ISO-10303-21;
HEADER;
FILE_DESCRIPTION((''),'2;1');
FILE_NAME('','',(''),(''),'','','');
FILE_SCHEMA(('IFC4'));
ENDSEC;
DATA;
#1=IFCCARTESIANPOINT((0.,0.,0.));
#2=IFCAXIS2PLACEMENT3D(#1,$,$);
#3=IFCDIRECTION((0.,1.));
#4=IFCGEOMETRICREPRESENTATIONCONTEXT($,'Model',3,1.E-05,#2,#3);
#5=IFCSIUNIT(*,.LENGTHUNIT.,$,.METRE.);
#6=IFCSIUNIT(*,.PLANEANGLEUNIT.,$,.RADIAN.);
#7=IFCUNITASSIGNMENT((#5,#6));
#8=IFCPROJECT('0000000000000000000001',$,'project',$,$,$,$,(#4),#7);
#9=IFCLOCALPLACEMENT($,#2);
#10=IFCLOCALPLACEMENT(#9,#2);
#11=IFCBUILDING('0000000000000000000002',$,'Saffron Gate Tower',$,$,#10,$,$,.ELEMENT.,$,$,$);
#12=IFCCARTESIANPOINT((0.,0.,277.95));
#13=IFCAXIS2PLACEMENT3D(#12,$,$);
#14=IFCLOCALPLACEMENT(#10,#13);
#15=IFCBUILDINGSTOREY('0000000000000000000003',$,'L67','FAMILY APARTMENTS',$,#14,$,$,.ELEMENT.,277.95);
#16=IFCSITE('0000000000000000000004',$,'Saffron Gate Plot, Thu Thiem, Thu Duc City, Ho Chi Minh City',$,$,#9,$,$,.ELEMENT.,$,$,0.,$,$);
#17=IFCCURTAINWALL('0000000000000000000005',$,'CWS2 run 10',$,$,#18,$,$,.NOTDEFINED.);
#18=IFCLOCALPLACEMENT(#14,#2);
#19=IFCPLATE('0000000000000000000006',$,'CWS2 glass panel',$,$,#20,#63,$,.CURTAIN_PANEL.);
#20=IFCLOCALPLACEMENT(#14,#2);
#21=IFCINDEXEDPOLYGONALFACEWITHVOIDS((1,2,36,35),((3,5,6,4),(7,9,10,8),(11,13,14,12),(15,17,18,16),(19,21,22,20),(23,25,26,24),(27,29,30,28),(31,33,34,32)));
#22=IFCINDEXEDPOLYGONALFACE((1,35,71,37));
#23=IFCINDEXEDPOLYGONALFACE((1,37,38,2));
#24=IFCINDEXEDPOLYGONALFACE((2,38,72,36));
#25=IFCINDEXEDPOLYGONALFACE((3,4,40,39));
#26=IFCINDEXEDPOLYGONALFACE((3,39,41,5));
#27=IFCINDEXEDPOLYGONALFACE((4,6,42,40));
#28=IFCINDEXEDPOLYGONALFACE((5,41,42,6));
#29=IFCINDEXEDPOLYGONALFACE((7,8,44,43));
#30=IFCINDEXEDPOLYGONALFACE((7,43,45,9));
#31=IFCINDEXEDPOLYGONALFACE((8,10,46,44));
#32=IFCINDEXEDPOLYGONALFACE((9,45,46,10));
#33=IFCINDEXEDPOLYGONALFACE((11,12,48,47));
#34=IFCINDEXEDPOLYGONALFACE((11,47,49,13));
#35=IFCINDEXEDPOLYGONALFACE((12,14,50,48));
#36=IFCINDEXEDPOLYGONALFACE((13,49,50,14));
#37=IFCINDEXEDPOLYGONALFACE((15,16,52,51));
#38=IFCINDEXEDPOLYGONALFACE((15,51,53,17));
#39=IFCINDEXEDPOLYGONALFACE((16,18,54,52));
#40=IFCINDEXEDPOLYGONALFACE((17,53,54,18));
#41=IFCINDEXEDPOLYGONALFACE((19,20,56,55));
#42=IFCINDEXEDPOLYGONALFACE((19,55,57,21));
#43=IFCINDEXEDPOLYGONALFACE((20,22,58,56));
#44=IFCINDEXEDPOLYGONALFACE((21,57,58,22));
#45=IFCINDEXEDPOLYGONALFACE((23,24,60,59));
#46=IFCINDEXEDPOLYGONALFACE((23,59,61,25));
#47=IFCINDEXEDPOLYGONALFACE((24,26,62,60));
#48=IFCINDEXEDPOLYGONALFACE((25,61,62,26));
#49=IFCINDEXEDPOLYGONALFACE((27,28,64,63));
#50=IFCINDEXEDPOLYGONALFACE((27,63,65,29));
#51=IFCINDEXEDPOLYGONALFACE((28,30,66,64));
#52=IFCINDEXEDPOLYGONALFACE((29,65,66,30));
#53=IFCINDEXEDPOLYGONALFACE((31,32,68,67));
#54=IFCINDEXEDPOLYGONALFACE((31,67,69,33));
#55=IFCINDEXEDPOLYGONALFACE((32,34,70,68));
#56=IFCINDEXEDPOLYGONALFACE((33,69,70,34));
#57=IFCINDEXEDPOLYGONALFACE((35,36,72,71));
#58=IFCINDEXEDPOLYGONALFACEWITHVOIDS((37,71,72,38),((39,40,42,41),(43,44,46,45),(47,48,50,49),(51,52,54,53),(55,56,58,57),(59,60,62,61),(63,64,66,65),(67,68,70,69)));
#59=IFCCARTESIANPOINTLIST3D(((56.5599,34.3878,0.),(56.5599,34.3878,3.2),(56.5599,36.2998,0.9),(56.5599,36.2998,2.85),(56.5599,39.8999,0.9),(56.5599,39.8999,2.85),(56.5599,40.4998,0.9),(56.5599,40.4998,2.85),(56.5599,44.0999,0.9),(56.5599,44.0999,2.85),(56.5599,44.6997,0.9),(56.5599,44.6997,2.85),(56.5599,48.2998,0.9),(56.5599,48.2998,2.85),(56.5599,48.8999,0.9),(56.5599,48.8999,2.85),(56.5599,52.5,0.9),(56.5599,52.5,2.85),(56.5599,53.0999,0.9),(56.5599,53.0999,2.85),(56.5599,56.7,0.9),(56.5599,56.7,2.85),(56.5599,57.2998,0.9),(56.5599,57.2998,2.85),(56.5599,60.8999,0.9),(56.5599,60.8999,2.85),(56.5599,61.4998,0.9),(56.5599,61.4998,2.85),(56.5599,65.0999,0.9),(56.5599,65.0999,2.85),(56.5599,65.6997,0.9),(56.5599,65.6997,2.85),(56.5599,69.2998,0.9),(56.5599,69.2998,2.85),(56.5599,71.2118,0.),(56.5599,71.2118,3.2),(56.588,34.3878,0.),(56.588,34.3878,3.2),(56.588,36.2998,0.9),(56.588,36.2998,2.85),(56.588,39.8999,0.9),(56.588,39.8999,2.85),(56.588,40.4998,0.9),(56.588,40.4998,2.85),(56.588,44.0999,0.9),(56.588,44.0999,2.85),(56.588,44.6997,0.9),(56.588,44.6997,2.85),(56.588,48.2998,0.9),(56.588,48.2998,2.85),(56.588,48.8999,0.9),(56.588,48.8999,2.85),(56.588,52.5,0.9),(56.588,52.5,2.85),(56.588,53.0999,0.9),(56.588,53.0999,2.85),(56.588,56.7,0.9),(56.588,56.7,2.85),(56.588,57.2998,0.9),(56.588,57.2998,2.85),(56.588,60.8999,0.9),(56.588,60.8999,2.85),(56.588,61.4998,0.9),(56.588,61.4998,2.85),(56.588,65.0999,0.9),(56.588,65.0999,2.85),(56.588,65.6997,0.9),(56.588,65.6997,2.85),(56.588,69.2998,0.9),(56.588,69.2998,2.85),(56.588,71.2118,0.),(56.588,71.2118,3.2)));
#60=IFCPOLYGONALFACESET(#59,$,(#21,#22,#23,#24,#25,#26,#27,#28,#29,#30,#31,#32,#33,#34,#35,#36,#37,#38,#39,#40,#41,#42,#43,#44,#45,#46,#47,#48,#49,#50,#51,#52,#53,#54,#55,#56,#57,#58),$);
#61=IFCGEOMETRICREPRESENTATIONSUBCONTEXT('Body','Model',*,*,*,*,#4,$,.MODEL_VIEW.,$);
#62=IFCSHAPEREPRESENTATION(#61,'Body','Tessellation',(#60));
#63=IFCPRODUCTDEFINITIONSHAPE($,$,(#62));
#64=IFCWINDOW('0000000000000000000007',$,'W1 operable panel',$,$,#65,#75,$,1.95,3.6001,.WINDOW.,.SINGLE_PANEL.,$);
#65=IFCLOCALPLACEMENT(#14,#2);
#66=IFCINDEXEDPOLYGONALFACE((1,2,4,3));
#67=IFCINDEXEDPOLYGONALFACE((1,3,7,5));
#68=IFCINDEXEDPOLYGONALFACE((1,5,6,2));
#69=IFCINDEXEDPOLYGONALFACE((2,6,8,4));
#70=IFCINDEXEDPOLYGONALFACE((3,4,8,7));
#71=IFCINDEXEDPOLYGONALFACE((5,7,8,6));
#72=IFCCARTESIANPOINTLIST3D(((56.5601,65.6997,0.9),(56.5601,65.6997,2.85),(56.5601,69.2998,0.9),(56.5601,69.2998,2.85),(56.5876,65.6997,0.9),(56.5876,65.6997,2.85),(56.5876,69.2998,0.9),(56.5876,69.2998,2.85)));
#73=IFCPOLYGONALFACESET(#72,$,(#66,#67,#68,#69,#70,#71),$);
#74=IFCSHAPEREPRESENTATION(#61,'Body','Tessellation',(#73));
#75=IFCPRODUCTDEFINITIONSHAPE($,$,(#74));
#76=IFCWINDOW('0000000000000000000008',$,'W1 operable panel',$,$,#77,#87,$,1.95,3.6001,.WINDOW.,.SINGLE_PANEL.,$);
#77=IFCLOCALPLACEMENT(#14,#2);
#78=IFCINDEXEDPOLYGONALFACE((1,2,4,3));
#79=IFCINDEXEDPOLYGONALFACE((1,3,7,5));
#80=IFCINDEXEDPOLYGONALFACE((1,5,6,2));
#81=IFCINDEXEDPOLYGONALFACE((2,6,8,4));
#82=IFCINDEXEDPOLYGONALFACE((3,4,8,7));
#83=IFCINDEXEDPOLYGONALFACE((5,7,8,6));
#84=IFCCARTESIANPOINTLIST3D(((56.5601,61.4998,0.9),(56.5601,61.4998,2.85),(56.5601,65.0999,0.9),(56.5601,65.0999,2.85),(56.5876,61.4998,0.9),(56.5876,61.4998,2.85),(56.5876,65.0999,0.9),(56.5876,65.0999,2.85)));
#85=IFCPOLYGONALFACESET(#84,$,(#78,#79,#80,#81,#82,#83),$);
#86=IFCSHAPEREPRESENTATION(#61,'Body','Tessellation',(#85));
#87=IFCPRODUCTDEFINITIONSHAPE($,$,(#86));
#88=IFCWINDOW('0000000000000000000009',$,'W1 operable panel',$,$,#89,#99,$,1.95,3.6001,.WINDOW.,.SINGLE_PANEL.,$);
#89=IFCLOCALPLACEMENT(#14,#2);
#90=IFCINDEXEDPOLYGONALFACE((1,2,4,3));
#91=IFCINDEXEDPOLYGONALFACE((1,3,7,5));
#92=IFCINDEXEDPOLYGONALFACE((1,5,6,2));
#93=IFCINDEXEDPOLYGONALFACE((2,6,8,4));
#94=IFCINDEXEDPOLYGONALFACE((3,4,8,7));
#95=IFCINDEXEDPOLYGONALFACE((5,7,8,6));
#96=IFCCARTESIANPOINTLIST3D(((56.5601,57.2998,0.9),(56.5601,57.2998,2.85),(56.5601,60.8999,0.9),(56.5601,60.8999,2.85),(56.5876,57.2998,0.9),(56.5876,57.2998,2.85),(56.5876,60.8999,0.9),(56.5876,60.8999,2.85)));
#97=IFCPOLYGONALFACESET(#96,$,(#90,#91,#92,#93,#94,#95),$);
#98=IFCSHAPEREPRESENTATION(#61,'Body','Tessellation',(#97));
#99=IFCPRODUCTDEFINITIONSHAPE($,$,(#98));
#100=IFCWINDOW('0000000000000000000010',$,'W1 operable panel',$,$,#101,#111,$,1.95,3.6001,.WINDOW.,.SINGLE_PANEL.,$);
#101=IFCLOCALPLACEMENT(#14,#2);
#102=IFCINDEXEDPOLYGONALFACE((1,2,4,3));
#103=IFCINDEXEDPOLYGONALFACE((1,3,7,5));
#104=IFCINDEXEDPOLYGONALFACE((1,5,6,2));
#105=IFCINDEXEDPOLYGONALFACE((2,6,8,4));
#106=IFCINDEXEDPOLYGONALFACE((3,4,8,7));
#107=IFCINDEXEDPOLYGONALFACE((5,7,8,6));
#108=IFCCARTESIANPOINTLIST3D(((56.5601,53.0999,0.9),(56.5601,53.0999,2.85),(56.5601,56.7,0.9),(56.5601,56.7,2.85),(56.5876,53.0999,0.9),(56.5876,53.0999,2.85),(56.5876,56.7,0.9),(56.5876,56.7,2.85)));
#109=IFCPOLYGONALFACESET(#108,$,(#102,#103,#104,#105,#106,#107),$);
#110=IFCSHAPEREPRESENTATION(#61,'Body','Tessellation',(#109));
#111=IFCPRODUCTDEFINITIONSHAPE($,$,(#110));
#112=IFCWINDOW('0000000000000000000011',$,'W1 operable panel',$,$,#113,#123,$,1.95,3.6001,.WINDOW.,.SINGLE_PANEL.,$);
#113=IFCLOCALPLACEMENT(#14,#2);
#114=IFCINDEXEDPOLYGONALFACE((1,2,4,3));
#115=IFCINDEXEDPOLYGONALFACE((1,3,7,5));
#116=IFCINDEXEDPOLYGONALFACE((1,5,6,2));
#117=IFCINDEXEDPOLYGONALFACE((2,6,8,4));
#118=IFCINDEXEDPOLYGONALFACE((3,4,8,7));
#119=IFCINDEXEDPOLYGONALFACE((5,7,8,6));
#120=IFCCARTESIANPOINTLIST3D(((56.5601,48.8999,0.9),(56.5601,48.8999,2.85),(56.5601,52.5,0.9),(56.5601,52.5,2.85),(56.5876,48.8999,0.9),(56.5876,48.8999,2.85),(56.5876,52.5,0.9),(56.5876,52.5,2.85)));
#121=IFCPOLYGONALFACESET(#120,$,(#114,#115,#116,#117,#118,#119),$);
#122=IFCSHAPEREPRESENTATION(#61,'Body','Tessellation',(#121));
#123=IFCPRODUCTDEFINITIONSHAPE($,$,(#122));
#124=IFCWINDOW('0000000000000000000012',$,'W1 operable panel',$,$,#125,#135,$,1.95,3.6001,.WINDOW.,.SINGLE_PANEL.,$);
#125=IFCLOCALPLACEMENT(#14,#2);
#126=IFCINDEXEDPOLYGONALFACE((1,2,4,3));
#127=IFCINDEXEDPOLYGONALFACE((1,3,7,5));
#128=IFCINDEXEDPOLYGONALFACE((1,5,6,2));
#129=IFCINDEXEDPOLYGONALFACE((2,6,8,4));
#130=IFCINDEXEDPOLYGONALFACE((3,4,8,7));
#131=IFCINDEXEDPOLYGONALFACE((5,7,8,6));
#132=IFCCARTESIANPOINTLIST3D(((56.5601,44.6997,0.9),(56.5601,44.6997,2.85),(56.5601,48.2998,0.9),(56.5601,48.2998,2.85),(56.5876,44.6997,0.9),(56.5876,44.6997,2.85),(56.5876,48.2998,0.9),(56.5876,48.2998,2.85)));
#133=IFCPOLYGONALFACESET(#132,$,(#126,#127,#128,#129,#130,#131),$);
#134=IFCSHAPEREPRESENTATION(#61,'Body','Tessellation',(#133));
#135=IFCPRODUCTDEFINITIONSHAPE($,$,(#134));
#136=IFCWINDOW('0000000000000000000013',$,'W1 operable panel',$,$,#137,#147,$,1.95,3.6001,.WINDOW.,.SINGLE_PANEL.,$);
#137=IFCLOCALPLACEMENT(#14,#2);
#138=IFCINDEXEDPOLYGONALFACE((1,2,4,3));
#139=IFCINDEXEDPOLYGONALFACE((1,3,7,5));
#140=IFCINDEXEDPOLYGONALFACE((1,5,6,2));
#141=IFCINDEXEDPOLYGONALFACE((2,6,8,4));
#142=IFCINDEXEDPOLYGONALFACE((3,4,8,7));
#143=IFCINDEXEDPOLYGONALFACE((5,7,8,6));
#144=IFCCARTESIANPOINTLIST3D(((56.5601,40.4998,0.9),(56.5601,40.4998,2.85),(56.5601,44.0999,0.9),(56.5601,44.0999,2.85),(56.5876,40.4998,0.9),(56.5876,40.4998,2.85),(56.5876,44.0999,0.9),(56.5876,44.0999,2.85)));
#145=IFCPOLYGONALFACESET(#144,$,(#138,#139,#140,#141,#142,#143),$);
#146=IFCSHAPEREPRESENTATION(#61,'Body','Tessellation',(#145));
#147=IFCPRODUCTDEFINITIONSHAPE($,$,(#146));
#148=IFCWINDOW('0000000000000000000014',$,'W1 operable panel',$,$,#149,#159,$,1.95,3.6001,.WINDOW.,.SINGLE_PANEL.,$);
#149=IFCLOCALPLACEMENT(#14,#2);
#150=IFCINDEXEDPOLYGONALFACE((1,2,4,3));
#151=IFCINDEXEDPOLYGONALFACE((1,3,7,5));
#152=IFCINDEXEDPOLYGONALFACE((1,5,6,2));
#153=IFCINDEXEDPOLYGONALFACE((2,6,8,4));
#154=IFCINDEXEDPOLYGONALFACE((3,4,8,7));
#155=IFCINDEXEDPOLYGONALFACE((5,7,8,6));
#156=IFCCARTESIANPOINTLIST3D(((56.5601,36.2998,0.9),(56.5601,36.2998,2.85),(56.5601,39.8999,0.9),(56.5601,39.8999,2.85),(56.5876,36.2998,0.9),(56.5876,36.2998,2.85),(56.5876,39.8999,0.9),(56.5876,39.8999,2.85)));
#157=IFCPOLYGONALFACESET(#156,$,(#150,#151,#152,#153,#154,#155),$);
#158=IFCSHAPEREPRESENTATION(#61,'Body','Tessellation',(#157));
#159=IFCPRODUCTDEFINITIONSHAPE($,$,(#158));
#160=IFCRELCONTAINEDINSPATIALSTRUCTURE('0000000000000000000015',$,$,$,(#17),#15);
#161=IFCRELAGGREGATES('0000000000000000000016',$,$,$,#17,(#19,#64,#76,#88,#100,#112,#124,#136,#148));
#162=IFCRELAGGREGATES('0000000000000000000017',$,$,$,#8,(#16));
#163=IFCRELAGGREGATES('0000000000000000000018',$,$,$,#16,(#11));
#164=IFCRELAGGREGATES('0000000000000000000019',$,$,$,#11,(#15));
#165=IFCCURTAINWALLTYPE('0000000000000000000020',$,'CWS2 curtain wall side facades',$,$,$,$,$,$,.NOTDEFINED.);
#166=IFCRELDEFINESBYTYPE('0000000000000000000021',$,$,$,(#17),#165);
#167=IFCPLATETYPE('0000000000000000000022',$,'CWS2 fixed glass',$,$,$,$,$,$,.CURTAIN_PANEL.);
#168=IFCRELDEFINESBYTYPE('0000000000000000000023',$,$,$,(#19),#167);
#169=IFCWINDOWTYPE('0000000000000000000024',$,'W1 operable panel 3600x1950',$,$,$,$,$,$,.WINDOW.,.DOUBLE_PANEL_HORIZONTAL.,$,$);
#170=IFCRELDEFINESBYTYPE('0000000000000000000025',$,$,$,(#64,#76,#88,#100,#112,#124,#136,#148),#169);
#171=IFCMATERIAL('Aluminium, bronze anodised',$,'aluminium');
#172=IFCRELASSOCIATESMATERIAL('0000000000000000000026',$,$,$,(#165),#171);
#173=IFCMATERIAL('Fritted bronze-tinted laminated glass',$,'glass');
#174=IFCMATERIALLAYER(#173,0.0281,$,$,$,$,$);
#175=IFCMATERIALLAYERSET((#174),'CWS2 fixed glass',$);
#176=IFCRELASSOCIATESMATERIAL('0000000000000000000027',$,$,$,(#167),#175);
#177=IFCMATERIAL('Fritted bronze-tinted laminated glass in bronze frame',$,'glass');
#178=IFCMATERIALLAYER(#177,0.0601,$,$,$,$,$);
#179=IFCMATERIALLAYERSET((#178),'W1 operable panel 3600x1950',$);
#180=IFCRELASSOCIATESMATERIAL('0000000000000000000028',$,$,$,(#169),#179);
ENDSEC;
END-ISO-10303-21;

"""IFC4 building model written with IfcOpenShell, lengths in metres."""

from ifc_helpers import new_model, si_unit, direction, frame, frame_2d, origin, place, context, subcontext, project, spatial, rectangle, extrude, material, layer, layer_set, type_object, element, fill, aggregate, save


model = new_model("IFC4")

# Units and contexts
model_context = context("Model", 3, precision=1e-05, world=origin(), true_north=direction((0.0, 1.0)))
body_context = subcontext(model_context, "Body", "Model", "MODEL_VIEW")
ifc_project = project(units=[si_unit("LENGTHUNIT", "METRE"), si_unit("PLANEANGLEUNIT", "RADIAN")], contexts=[model_context])

# Site, building, storey
site_placement = place(None, origin())
site = spatial("IfcSite", under=ifc_project, at=site_placement, Name="Saffron Gate Plot, Thu Thiem, Thu Duc City, Ho Chi Minh City", CompositionType="ELEMENT", RefElevation=0.0)
building_placement = place(site_placement, origin())
building = spatial("IfcBuilding", under=site, at=building_placement, Name="Saffron Gate Tower", CompositionType="ELEMENT")
storey_placement = place(building_placement, frame((0.0, 0.0, 277.95)))
storey = spatial("IfcBuildingStorey", under=building, at=storey_placement, Name="L67", Description="FAMILY APARTMENTS", CompositionType="ELEMENT", Elevation=277.95)

# Curtain wall
ifc_material_1 = material(Name="Aluminium, bronze anodised", Category="aluminium")
curtain_wall_type_1 = type_object("IfcCurtainWallType", Name="CWS2 curtain wall side facades", PredefinedType="NOTDEFINED", material=ifc_material_1)
curtain_wall_1_placement = place(storey_placement, origin())
curtain_wall_1 = element("IfcCurtainWall", 1, at=curtain_wall_1_placement, inside=storey, type_object=curtain_wall_type_1, Name="CWS2 run 10", PredefinedType="NOTDEFINED")

# Plate, openings, windows
ifc_material_2 = material(Name="Fritted bronze-tinted laminated glass", Category="glass")
ifc_layer_1 = layer(ifc_material_2, 0.0281)
ifc_layer_set_1 = layer_set([ifc_layer_1], Name="CWS2 fixed glass")
plate_type_1 = type_object("IfcPlateType", Name="CWS2 fixed glass", PredefinedType="CURTAIN_PANEL", material=ifc_layer_set_1)
plate_1_placement = place(storey_placement, frame((56.574, 71.2119, 0.0), z_axis=(0.0, 0.0, 1.0), x_axis=(0.0, -1.0, 0.0)))
plate_1 = element("IfcPlate", 2, at=plate_1_placement, type_object=plate_type_1, Name="CWS2 glass panel", PredefinedType="CURTAIN_PANEL", context=body_context, shape_type="SweptSolid", body=[
    extrude(rectangle(XDim=36.824, YDim=0.0281, at=frame_2d((18.4121, 0.0))), origin(), (0.0, 0.0, 1.0), 3.2),
])
opening_1_placement = place(plate_1_placement, frame((1.9121, 0.0, 0.8999)))
opening_1 = element("IfcOpeningElement", 3, at=opening_1_placement, cuts=plate_1, PredefinedType="OPENING", context=body_context, shape_type="SweptSolid", body=[
    extrude(rectangle(XDim=3.6001, YDim=1.95, at=frame_2d((1.8, 0.9751))), frame((0.0, 0.0239, 0.0), z_axis=(0.0, -1.0, 0.0), x_axis=(1.0, 0.0, 0.0)), (0.0, 0.0, 1.0), 0.0481),
])
opening_2_placement = place(plate_1_placement, frame((6.1121, 0.0, 0.8999)))
opening_2 = element("IfcOpeningElement", 4, at=opening_2_placement, cuts=plate_1, PredefinedType="OPENING", context=body_context, shape_type="SweptSolid", body=[
    extrude(rectangle(XDim=3.6001, YDim=1.95, at=frame_2d((1.8, 0.9751))), frame((0.0, 0.0239, 0.0), z_axis=(0.0, -1.0, 0.0), x_axis=(1.0, 0.0, 0.0)), (0.0, 0.0, 1.0), 0.0481),
])
opening_3_placement = place(plate_1_placement, frame((10.312, 0.0, 0.8999)))
opening_3 = element("IfcOpeningElement", 5, at=opening_3_placement, cuts=plate_1, PredefinedType="OPENING", context=body_context, shape_type="SweptSolid", body=[
    extrude(rectangle(XDim=3.6001, YDim=1.95, at=frame_2d((1.8, 0.9751))), frame((0.0, 0.0239, 0.0), z_axis=(0.0, -1.0, 0.0), x_axis=(1.0, 0.0, 0.0)), (0.0, 0.0, 1.0), 0.0481),
])
opening_4_placement = place(plate_1_placement, frame((14.512, 0.0, 0.8999)))
opening_4 = element("IfcOpeningElement", 6, at=opening_4_placement, cuts=plate_1, PredefinedType="OPENING", context=body_context, shape_type="SweptSolid", body=[
    extrude(rectangle(XDim=3.6001, YDim=1.95, at=frame_2d((1.8, 0.9751))), frame((0.0, 0.0239, 0.0), z_axis=(0.0, -1.0, 0.0), x_axis=(1.0, 0.0, 0.0)), (0.0, 0.0, 1.0), 0.0481),
])
opening_5_placement = place(plate_1_placement, frame((18.7119, 0.0, 0.8999)))
opening_5 = element("IfcOpeningElement", 7, at=opening_5_placement, cuts=plate_1, PredefinedType="OPENING", context=body_context, shape_type="SweptSolid", body=[
    extrude(rectangle(XDim=3.6001, YDim=1.95, at=frame_2d((1.8, 0.9751))), frame((0.0, 0.0239, 0.0), z_axis=(0.0, -1.0, 0.0), x_axis=(1.0, 0.0, 0.0)), (0.0, 0.0, 1.0), 0.0481),
])
opening_6_placement = place(plate_1_placement, frame((22.9121, 0.0, 0.8999)))
opening_6 = element("IfcOpeningElement", 8, at=opening_6_placement, cuts=plate_1, PredefinedType="OPENING", context=body_context, shape_type="SweptSolid", body=[
    extrude(rectangle(XDim=3.6001, YDim=1.95, at=frame_2d((1.8, 0.9751))), frame((0.0, 0.0239, 0.0), z_axis=(0.0, -1.0, 0.0), x_axis=(1.0, 0.0, 0.0)), (0.0, 0.0, 1.0), 0.0481),
])
opening_7_placement = place(plate_1_placement, frame((27.1121, 0.0, 0.8999)))
opening_7 = element("IfcOpeningElement", 9, at=opening_7_placement, cuts=plate_1, PredefinedType="OPENING", context=body_context, shape_type="SweptSolid", body=[
    extrude(rectangle(XDim=3.6001, YDim=1.95, at=frame_2d((1.8, 0.9751))), frame((0.0, 0.0239, 0.0), z_axis=(0.0, -1.0, 0.0), x_axis=(1.0, 0.0, 0.0)), (0.0, 0.0, 1.0), 0.0481),
])
opening_8_placement = place(plate_1_placement, frame((31.312, 0.0, 0.8999)))
opening_8 = element("IfcOpeningElement", 10, at=opening_8_placement, cuts=plate_1, PredefinedType="OPENING", context=body_context, shape_type="SweptSolid", body=[
    extrude(rectangle(XDim=3.6001, YDim=1.95, at=frame_2d((1.8, 0.9751))), frame((0.0, 0.0239, 0.0), z_axis=(0.0, -1.0, 0.0), x_axis=(1.0, 0.0, 0.0)), (0.0, 0.0, 1.0), 0.0481),
])
ifc_material_3 = material(Name="Fritted bronze-tinted laminated glass in bronze frame", Category="glass")
ifc_layer_2 = layer(ifc_material_3, 0.0601)
ifc_layer_set_2 = layer_set([ifc_layer_2], Name="W1 operable panel 3600x1950")
window_type = type_object("IfcWindowType", Name="W1 operable panel 3600x1950", PartitioningType="DOUBLE_PANEL_HORIZONTAL", PredefinedType="WINDOW", material=ifc_layer_set_2)
window_1_placement = place(opening_1_placement, origin())
window_1 = element("IfcWindow", 11, at=window_1_placement, type_object=window_type, Name="W1 operable panel", OverallHeight=1.95, OverallWidth=3.6001, PartitioningType="SINGLE_PANEL", PredefinedType="WINDOW", context=body_context, shape_type="SweptSolid", body=[
    extrude(rectangle(XDim=3.6001, YDim=1.95, at=frame_2d((1.8, 0.9751))), frame((0.0, 0.0137, 0.0), z_axis=(0.0, -1.0, 0.0), x_axis=(1.0, 0.0, 0.0)), (0.0, 0.0, 1.0), 0.0276),
])
fill(opening_1, window_1)
window_2_placement = place(opening_2_placement, origin())
window_2 = element("IfcWindow", 12, at=window_2_placement, type_object=window_type, Name="W1 operable panel", OverallHeight=1.95, OverallWidth=3.6001, PartitioningType="SINGLE_PANEL", PredefinedType="WINDOW", context=body_context, shape_type="SweptSolid", body=[
    extrude(rectangle(XDim=3.6001, YDim=1.95, at=frame_2d((1.8, 0.9751))), frame((0.0, 0.0137, 0.0), z_axis=(0.0, -1.0, 0.0), x_axis=(1.0, 0.0, 0.0)), (0.0, 0.0, 1.0), 0.0276),
])
fill(opening_2, window_2)
window_3_placement = place(opening_3_placement, origin())
window_3 = element("IfcWindow", 13, at=window_3_placement, type_object=window_type, Name="W1 operable panel", OverallHeight=1.95, OverallWidth=3.6001, PartitioningType="SINGLE_PANEL", PredefinedType="WINDOW", context=body_context, shape_type="SweptSolid", body=[
    extrude(rectangle(XDim=3.6001, YDim=1.95, at=frame_2d((1.8, 0.9751))), frame((0.0, 0.0137, 0.0), z_axis=(0.0, -1.0, 0.0), x_axis=(1.0, 0.0, 0.0)), (0.0, 0.0, 1.0), 0.0276),
])
fill(opening_3, window_3)
window_4_placement = place(opening_4_placement, origin())
window_4 = element("IfcWindow", 14, at=window_4_placement, type_object=window_type, Name="W1 operable panel", OverallHeight=1.95, OverallWidth=3.6001, PartitioningType="SINGLE_PANEL", PredefinedType="WINDOW", context=body_context, shape_type="SweptSolid", body=[
    extrude(rectangle(XDim=3.6001, YDim=1.95, at=frame_2d((1.8, 0.9751))), frame((0.0, 0.0137, 0.0), z_axis=(0.0, -1.0, 0.0), x_axis=(1.0, 0.0, 0.0)), (0.0, 0.0, 1.0), 0.0276),
])
fill(opening_4, window_4)
window_5_placement = place(opening_5_placement, origin())
window_5 = element("IfcWindow", 15, at=window_5_placement, type_object=window_type, Name="W1 operable panel", OverallHeight=1.95, OverallWidth=3.6001, PartitioningType="SINGLE_PANEL", PredefinedType="WINDOW", context=body_context, shape_type="SweptSolid", body=[
    extrude(rectangle(XDim=3.6001, YDim=1.95, at=frame_2d((1.8, 0.9751))), frame((0.0, 0.0137, 0.0), z_axis=(0.0, -1.0, 0.0), x_axis=(1.0, 0.0, 0.0)), (0.0, 0.0, 1.0), 0.0276),
])
fill(opening_5, window_5)
window_6_placement = place(opening_6_placement, origin())
window_6 = element("IfcWindow", 16, at=window_6_placement, type_object=window_type, Name="W1 operable panel", OverallHeight=1.95, OverallWidth=3.6001, PartitioningType="SINGLE_PANEL", PredefinedType="WINDOW", context=body_context, shape_type="SweptSolid", body=[
    extrude(rectangle(XDim=3.6001, YDim=1.95, at=frame_2d((1.8, 0.9751))), frame((0.0, 0.0137, 0.0), z_axis=(0.0, -1.0, 0.0), x_axis=(1.0, 0.0, 0.0)), (0.0, 0.0, 1.0), 0.0276),
])
fill(opening_6, window_6)
window_7_placement = place(opening_7_placement, origin())
window_7 = element("IfcWindow", 17, at=window_7_placement, type_object=window_type, Name="W1 operable panel", OverallHeight=1.95, OverallWidth=3.6001, PartitioningType="SINGLE_PANEL", PredefinedType="WINDOW", context=body_context, shape_type="SweptSolid", body=[
    extrude(rectangle(XDim=3.6001, YDim=1.95, at=frame_2d((1.8, 0.9751))), frame((0.0, 0.0137, 0.0), z_axis=(0.0, -1.0, 0.0), x_axis=(1.0, 0.0, 0.0)), (0.0, 0.0, 1.0), 0.0276),
])
fill(opening_7, window_7)
window_8_placement = place(opening_8_placement, origin())
window_8 = element("IfcWindow", 18, at=window_8_placement, type_object=window_type, Name="W1 operable panel", OverallHeight=1.95, OverallWidth=3.6001, PartitioningType="SINGLE_PANEL", PredefinedType="WINDOW", context=body_context, shape_type="SweptSolid", body=[
    extrude(rectangle(XDim=3.6001, YDim=1.95, at=frame_2d((1.8, 0.9751))), frame((0.0, 0.0137, 0.0), z_axis=(0.0, -1.0, 0.0), x_axis=(1.0, 0.0, 0.0)), (0.0, 0.0, 1.0), 0.0276),
])
fill(opening_8, window_8)
aggregate(curtain_wall_1, [plate_1, window_1, window_2, window_3, window_4, window_5, window_6, window_7, window_8])

save(model, "model.ifc")
